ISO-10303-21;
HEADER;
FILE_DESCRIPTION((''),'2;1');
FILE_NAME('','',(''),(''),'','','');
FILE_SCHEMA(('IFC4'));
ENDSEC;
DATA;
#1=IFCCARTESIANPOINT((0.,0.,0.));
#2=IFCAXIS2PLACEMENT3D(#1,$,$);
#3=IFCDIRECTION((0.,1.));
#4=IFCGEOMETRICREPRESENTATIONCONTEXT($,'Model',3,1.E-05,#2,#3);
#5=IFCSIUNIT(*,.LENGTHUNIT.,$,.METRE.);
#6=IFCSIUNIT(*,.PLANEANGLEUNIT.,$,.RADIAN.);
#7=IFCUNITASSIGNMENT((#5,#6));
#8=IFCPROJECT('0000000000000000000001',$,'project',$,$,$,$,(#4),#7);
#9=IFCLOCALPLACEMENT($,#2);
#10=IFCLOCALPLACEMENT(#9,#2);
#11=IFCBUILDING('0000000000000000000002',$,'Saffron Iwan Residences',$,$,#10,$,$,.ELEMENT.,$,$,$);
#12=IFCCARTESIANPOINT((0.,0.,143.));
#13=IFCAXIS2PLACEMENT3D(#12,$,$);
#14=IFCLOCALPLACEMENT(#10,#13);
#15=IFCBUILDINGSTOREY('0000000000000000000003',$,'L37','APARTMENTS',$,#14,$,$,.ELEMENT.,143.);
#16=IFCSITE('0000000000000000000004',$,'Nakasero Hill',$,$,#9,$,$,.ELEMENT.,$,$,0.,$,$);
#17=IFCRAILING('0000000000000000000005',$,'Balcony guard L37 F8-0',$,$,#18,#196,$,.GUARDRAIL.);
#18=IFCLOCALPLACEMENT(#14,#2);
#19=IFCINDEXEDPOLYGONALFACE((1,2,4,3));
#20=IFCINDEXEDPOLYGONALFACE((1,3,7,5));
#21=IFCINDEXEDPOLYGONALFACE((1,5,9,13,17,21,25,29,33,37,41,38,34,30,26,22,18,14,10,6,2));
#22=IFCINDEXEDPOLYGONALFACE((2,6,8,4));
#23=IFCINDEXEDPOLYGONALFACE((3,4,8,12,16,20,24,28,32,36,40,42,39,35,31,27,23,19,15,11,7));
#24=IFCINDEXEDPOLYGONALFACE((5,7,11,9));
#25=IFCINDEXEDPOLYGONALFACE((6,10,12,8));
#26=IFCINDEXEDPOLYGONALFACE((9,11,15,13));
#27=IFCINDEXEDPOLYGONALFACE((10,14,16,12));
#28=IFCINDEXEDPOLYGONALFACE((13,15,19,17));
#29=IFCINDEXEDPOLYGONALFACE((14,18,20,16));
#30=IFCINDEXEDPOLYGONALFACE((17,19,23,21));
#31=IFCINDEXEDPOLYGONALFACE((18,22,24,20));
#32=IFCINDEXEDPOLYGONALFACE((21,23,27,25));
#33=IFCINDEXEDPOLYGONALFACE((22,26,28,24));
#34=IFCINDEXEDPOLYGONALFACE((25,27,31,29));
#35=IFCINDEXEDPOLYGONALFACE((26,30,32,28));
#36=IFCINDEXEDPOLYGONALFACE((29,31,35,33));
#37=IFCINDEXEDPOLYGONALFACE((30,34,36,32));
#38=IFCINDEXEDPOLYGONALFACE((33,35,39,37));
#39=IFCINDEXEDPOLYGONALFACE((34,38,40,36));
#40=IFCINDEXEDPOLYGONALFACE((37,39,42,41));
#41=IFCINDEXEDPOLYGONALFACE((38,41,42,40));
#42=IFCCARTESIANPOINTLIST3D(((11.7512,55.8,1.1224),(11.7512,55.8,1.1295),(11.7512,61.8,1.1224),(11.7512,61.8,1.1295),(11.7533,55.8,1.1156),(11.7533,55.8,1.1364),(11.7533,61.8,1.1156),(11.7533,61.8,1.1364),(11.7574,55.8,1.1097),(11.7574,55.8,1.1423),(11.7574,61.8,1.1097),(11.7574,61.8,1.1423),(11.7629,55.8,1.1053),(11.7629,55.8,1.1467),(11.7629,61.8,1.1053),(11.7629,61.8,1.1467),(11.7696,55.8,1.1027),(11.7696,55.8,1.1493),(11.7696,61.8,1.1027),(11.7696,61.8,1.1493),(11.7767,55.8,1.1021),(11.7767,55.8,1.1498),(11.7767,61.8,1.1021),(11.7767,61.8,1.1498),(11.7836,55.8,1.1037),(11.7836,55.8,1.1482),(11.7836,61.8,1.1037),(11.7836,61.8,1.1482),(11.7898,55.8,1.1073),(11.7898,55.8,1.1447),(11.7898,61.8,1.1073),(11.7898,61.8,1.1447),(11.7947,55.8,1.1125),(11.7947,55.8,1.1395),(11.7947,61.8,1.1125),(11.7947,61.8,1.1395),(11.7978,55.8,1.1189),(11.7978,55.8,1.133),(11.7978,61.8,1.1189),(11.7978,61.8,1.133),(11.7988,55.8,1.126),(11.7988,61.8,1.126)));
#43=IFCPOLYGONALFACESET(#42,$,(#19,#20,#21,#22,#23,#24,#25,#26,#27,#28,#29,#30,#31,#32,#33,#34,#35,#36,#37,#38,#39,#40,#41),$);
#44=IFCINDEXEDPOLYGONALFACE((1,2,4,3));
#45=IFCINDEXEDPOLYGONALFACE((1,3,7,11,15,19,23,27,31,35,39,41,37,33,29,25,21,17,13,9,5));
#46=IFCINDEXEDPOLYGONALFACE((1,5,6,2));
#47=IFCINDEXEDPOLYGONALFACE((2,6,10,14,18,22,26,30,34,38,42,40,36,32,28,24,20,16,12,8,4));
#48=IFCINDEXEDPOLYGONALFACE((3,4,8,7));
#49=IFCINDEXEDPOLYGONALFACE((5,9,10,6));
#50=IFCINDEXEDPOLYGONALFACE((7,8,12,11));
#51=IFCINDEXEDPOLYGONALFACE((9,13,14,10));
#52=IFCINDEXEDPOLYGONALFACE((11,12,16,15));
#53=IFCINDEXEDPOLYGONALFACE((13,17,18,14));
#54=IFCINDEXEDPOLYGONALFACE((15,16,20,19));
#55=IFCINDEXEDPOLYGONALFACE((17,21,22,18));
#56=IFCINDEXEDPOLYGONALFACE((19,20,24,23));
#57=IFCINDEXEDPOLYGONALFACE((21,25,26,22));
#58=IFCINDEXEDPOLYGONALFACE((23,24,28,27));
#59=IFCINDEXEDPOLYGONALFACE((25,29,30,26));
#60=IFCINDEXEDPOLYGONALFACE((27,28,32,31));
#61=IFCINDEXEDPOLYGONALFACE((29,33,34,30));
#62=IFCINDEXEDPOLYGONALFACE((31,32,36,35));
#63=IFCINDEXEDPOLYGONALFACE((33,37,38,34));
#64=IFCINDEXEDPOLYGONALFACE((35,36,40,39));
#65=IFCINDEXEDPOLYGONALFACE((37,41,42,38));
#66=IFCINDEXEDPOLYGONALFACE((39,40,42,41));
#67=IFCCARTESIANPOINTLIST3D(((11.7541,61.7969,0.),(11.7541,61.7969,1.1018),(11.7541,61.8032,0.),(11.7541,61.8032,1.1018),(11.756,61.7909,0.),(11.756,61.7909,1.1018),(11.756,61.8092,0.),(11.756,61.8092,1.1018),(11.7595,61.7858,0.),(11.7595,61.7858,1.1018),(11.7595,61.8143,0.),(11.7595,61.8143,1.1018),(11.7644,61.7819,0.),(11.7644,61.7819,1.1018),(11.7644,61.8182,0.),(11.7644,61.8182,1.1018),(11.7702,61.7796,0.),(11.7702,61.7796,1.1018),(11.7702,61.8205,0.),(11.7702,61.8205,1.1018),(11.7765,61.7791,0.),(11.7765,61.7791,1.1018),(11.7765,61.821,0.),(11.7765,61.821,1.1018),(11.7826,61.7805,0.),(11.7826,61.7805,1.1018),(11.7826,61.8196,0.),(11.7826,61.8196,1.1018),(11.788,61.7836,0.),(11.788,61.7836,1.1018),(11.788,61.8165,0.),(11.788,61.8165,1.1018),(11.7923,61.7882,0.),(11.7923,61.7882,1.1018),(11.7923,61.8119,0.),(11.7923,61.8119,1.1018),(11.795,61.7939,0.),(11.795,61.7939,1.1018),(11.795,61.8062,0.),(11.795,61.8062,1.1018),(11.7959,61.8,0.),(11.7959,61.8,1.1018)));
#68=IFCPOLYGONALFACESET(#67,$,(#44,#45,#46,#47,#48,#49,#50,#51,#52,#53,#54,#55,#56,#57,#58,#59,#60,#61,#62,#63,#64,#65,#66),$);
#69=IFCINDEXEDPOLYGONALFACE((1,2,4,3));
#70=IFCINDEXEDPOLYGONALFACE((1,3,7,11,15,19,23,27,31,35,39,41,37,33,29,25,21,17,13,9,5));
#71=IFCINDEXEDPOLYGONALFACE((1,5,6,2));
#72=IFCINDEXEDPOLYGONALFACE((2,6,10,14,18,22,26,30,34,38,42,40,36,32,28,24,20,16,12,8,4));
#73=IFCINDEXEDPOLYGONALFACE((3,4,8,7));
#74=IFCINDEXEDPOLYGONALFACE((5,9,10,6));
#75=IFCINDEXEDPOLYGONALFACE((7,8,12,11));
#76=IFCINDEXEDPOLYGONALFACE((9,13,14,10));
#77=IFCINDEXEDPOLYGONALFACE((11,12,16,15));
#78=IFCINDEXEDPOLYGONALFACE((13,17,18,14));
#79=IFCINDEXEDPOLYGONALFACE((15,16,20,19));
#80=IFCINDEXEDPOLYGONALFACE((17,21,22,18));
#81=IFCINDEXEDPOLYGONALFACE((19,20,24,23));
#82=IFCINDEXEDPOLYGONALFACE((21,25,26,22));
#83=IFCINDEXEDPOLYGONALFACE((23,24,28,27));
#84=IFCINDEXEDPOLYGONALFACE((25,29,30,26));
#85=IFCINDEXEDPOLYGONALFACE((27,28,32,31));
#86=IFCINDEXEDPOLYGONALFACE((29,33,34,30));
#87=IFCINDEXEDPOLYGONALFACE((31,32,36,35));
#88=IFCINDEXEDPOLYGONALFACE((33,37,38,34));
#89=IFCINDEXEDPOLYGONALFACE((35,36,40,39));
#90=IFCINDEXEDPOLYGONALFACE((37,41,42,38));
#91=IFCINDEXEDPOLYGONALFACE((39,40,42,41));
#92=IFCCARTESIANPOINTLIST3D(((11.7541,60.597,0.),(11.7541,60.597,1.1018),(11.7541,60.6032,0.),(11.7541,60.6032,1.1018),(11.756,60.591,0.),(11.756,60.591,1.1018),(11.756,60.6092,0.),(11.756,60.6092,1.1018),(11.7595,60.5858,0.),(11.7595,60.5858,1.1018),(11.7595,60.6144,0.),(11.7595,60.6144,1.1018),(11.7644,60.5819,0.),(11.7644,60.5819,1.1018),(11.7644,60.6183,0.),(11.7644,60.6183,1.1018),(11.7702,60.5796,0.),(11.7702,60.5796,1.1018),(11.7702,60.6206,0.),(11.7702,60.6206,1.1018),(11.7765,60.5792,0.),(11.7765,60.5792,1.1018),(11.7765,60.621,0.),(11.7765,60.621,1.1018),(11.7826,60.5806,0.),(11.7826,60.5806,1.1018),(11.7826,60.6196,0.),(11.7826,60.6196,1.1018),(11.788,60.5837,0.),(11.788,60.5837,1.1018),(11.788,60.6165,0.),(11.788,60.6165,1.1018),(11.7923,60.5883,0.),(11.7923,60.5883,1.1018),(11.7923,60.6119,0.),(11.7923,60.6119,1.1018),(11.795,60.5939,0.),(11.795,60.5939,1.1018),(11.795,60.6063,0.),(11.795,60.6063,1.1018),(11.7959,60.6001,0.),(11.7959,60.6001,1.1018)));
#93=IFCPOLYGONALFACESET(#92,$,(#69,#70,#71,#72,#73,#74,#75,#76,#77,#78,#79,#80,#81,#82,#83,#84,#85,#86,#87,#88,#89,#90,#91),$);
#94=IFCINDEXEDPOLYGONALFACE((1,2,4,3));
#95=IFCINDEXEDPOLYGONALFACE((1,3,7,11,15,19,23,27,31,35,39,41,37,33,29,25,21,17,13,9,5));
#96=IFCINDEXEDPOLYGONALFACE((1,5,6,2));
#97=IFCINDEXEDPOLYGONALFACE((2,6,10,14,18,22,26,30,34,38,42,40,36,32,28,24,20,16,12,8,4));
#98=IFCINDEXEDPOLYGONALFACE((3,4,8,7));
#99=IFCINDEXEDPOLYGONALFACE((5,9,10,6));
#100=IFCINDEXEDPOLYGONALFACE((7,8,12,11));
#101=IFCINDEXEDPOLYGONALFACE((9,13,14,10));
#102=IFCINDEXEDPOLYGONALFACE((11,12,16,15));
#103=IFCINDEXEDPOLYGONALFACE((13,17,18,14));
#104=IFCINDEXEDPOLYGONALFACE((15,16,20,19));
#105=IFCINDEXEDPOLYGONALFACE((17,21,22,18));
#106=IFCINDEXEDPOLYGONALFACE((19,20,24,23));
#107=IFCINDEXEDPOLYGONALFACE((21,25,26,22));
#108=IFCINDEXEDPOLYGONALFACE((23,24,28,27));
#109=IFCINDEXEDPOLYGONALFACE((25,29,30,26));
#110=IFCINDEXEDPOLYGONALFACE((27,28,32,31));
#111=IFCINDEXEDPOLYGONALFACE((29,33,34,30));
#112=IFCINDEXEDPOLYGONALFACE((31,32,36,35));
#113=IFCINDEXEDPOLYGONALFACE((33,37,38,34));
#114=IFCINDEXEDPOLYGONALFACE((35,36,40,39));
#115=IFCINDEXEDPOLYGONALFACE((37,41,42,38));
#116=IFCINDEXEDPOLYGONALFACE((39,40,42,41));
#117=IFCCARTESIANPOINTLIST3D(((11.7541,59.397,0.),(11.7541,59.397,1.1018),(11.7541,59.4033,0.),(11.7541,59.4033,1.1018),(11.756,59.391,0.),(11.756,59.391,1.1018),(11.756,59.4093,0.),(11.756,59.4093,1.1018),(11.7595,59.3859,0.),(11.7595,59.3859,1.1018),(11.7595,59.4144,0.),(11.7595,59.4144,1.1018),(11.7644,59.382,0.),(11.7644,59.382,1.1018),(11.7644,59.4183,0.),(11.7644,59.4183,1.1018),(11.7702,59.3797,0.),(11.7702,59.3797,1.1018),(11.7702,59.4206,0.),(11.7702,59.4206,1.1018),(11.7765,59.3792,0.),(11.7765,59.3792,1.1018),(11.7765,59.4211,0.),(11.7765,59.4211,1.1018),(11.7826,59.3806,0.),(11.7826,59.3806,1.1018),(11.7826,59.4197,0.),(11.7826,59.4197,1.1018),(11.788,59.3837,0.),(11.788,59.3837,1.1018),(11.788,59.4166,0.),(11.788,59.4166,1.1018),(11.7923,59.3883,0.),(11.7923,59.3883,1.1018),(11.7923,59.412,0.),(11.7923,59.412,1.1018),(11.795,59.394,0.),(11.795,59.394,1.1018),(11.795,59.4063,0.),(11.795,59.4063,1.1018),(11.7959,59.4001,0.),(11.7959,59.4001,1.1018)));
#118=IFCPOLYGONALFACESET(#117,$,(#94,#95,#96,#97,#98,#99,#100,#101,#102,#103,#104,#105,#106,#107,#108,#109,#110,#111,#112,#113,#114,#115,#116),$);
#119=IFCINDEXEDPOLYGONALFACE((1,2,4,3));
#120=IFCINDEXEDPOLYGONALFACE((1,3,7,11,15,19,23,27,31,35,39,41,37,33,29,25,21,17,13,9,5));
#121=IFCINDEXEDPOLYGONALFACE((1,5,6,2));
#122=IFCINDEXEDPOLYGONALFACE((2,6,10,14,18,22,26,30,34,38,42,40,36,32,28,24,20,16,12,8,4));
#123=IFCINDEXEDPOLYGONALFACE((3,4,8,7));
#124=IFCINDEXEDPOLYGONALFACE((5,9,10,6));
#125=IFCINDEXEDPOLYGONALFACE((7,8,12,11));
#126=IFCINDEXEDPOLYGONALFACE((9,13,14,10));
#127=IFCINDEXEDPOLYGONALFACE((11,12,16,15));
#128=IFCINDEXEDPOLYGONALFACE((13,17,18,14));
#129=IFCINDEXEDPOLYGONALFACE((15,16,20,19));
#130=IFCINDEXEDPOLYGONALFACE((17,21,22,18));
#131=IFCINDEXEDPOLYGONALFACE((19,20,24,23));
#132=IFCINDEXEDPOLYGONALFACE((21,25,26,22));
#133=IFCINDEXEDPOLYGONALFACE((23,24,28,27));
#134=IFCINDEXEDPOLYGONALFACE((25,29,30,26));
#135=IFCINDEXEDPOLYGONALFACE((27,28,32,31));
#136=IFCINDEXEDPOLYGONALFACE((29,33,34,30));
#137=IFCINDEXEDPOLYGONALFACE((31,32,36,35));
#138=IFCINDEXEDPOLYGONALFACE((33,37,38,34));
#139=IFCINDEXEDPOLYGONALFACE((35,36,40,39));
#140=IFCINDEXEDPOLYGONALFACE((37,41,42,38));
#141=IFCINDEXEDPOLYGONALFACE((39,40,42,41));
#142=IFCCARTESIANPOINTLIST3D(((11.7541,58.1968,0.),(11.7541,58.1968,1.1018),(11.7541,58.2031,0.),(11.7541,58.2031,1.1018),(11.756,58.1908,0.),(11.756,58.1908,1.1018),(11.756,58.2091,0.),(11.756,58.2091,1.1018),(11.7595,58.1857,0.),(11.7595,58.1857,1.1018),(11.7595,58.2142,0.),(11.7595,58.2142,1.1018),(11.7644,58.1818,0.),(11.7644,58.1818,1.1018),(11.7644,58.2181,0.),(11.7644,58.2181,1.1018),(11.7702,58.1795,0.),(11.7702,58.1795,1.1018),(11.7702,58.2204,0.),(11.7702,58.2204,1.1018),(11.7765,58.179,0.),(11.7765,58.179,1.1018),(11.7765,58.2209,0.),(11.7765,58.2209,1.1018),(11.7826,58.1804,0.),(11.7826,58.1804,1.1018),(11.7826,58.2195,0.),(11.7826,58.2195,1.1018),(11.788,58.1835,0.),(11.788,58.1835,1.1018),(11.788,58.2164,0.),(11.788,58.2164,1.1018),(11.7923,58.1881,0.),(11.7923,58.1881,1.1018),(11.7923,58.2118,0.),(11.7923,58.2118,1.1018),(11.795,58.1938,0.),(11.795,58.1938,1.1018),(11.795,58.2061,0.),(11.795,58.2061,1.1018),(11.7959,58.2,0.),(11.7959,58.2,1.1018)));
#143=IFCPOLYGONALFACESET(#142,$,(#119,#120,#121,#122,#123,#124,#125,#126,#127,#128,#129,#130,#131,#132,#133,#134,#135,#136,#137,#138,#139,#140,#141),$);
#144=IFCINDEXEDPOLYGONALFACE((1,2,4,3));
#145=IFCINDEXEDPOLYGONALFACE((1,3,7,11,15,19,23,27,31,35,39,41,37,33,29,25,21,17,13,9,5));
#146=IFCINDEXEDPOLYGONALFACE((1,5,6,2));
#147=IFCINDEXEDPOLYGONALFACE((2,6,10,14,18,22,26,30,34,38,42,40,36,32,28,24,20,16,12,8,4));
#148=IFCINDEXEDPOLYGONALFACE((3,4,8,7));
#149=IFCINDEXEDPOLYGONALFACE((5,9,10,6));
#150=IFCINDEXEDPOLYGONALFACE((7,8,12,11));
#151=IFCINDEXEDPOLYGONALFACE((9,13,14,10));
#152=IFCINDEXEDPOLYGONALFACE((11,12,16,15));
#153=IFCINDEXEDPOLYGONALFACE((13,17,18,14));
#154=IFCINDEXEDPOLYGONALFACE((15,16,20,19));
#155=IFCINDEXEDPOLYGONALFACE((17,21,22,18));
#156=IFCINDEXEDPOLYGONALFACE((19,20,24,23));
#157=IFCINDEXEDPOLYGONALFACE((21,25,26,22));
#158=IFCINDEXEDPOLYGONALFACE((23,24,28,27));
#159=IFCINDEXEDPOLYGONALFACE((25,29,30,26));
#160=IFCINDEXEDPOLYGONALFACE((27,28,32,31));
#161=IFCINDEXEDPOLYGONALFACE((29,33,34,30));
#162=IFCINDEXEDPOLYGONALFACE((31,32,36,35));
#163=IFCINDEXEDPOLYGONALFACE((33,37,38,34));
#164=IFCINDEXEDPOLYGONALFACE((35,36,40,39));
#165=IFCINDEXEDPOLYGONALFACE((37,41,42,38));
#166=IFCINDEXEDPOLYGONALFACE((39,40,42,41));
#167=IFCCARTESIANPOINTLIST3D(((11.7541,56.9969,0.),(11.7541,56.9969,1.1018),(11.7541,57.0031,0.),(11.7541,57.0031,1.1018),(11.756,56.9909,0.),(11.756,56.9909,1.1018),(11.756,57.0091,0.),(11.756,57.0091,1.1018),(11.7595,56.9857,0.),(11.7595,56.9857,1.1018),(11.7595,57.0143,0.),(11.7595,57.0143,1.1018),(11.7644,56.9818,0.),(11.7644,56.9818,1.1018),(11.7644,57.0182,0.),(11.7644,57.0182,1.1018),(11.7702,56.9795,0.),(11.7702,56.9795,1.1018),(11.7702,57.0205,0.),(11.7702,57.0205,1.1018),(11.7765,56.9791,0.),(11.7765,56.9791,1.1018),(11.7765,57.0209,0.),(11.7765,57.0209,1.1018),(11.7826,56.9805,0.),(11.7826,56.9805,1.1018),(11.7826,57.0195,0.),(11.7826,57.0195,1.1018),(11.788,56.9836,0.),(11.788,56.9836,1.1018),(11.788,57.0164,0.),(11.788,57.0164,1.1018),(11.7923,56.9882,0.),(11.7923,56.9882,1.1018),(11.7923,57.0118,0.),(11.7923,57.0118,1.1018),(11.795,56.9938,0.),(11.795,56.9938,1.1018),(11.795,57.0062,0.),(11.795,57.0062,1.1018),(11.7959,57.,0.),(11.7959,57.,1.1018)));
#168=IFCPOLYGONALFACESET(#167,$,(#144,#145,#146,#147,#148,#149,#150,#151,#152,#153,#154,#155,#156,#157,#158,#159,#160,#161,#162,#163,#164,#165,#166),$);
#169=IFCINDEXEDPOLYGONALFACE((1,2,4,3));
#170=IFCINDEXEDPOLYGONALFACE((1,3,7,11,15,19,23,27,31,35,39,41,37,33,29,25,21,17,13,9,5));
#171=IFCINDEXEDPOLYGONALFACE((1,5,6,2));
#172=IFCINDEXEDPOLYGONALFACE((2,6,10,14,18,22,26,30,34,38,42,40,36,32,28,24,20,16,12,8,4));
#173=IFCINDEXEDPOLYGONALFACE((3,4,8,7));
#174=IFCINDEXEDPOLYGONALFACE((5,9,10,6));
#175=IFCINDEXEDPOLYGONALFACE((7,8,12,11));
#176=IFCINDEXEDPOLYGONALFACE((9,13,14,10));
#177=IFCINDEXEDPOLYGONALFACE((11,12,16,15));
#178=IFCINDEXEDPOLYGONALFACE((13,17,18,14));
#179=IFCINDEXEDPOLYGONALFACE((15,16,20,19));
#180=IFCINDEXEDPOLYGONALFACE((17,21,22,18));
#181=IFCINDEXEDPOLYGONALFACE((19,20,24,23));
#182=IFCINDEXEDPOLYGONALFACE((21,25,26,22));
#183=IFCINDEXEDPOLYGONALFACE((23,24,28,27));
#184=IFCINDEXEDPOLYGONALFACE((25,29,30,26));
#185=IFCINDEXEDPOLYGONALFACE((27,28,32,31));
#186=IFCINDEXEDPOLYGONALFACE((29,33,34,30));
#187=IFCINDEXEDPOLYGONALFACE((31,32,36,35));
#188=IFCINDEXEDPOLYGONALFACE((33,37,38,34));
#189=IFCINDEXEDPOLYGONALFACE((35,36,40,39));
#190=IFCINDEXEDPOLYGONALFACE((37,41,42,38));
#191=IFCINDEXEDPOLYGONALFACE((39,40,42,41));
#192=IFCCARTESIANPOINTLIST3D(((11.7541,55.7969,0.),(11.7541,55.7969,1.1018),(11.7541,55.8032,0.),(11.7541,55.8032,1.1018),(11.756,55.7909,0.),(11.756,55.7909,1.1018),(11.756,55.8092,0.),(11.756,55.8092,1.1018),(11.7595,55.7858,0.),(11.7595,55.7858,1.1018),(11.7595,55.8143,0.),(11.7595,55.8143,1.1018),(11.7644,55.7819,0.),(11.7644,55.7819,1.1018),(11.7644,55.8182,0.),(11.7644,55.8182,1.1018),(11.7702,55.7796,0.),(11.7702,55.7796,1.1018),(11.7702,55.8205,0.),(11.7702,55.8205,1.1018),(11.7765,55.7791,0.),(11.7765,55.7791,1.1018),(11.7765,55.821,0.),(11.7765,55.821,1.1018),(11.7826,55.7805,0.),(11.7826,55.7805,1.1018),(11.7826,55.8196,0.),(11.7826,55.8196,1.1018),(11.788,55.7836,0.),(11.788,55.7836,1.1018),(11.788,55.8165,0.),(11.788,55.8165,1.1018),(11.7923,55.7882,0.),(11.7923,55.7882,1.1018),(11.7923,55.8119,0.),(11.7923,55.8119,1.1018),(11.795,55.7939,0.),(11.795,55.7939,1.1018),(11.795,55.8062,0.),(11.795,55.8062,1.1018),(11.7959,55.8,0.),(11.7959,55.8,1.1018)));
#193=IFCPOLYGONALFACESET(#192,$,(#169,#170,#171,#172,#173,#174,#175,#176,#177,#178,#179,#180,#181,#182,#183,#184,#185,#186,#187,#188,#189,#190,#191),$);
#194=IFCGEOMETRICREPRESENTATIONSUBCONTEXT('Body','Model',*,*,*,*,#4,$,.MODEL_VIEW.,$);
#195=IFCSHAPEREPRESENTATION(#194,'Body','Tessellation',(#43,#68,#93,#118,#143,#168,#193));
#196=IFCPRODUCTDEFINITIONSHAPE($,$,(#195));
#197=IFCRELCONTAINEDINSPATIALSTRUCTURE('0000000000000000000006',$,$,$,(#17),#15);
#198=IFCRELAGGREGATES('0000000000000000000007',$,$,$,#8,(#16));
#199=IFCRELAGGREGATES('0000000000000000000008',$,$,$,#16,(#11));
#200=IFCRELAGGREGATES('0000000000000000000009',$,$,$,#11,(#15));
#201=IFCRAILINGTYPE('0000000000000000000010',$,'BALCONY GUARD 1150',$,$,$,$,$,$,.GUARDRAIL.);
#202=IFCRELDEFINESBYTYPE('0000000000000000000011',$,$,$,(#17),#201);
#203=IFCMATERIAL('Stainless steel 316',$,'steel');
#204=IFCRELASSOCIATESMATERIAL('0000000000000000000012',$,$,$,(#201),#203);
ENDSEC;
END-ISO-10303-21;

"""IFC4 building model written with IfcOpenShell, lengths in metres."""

from ifc_helpers import new_model, si_unit, direction, frame, origin, origin_2d, place, context, subcontext, project, spatial, circle, extrude, material, type_object, element, save


model = new_model("IFC4")

# Units and contexts
model_context = context("Model", 3, precision=1e-05, world=origin(), true_north=direction((0.0, 1.0)))
body_context = subcontext(model_context, "Body", "Model", "MODEL_VIEW")
ifc_project = project(units=[si_unit("LENGTHUNIT", "METRE"), si_unit("PLANEANGLEUNIT", "RADIAN")], contexts=[model_context])

# Site, building, storey
site_placement = place(None, origin())
site = spatial("IfcSite", under=ifc_project, at=site_placement, Name="Nakasero Hill", CompositionType="ELEMENT", RefElevation=0.0)
building_placement = place(site_placement, origin())
building = spatial("IfcBuilding", under=site, at=building_placement, Name="Saffron Iwan Residences", CompositionType="ELEMENT")
storey_placement = place(building_placement, frame((0.0, 0.0, 143.0)))
storey = spatial("IfcBuildingStorey", under=building, at=storey_placement, Name="L37", Description="APARTMENTS", CompositionType="ELEMENT", Elevation=143.0)

# Railing
ifc_material_1 = material(Name="Stainless steel 316", Category="steel")
railing_type = type_object("IfcRailingType", Name="BALCONY GUARD 1150", PredefinedType="GUARDRAIL", material=ifc_material_1)
railing_placement = place(storey_placement, frame((11.7749, 61.8, 0.0)))
element("IfcRailing", 1, at=railing_placement, inside=storey, type_object=railing_type, Name="Balcony guard L37 F8-0", PredefinedType="GUARDRAIL", context=body_context, shape_type="SweptSolid", body=[
    extrude(circle(Radius=0.0239, at=origin_2d()), frame((0.0, 0.0, 1.126), z_axis=(0.0, -1.0, 0.0), x_axis=(1.0, 0.0, 0.0)), (0.0, 0.0, 1.0), 6.0),
    extrude(circle(Radius=0.021, at=origin_2d()), origin(), (0.0, 0.0, 1.0), 1.1018),
    extrude(circle(Radius=0.021, at=origin_2d()), frame((0.0, -1.2, 0.0)), (0.0, 0.0, 1.0), 1.1018),
    extrude(circle(Radius=0.021, at=origin_2d()), frame((0.0, -2.3999, 0.0)), (0.0, 0.0, 1.0), 1.1018),
    extrude(circle(Radius=0.021, at=origin_2d()), frame((0.0, -3.6001, 0.0)), (0.0, 0.0, 1.0), 1.1018),
    extrude(circle(Radius=0.021, at=origin_2d()), frame((0.0, -4.8, 0.0)), (0.0, 0.0, 1.0), 1.1018),
    extrude(circle(Radius=0.021, at=origin_2d()), frame((0.0, -6.0, 0.0)), (0.0, 0.0, 1.0), 1.1018),
])

save(model, "model.ifc")
